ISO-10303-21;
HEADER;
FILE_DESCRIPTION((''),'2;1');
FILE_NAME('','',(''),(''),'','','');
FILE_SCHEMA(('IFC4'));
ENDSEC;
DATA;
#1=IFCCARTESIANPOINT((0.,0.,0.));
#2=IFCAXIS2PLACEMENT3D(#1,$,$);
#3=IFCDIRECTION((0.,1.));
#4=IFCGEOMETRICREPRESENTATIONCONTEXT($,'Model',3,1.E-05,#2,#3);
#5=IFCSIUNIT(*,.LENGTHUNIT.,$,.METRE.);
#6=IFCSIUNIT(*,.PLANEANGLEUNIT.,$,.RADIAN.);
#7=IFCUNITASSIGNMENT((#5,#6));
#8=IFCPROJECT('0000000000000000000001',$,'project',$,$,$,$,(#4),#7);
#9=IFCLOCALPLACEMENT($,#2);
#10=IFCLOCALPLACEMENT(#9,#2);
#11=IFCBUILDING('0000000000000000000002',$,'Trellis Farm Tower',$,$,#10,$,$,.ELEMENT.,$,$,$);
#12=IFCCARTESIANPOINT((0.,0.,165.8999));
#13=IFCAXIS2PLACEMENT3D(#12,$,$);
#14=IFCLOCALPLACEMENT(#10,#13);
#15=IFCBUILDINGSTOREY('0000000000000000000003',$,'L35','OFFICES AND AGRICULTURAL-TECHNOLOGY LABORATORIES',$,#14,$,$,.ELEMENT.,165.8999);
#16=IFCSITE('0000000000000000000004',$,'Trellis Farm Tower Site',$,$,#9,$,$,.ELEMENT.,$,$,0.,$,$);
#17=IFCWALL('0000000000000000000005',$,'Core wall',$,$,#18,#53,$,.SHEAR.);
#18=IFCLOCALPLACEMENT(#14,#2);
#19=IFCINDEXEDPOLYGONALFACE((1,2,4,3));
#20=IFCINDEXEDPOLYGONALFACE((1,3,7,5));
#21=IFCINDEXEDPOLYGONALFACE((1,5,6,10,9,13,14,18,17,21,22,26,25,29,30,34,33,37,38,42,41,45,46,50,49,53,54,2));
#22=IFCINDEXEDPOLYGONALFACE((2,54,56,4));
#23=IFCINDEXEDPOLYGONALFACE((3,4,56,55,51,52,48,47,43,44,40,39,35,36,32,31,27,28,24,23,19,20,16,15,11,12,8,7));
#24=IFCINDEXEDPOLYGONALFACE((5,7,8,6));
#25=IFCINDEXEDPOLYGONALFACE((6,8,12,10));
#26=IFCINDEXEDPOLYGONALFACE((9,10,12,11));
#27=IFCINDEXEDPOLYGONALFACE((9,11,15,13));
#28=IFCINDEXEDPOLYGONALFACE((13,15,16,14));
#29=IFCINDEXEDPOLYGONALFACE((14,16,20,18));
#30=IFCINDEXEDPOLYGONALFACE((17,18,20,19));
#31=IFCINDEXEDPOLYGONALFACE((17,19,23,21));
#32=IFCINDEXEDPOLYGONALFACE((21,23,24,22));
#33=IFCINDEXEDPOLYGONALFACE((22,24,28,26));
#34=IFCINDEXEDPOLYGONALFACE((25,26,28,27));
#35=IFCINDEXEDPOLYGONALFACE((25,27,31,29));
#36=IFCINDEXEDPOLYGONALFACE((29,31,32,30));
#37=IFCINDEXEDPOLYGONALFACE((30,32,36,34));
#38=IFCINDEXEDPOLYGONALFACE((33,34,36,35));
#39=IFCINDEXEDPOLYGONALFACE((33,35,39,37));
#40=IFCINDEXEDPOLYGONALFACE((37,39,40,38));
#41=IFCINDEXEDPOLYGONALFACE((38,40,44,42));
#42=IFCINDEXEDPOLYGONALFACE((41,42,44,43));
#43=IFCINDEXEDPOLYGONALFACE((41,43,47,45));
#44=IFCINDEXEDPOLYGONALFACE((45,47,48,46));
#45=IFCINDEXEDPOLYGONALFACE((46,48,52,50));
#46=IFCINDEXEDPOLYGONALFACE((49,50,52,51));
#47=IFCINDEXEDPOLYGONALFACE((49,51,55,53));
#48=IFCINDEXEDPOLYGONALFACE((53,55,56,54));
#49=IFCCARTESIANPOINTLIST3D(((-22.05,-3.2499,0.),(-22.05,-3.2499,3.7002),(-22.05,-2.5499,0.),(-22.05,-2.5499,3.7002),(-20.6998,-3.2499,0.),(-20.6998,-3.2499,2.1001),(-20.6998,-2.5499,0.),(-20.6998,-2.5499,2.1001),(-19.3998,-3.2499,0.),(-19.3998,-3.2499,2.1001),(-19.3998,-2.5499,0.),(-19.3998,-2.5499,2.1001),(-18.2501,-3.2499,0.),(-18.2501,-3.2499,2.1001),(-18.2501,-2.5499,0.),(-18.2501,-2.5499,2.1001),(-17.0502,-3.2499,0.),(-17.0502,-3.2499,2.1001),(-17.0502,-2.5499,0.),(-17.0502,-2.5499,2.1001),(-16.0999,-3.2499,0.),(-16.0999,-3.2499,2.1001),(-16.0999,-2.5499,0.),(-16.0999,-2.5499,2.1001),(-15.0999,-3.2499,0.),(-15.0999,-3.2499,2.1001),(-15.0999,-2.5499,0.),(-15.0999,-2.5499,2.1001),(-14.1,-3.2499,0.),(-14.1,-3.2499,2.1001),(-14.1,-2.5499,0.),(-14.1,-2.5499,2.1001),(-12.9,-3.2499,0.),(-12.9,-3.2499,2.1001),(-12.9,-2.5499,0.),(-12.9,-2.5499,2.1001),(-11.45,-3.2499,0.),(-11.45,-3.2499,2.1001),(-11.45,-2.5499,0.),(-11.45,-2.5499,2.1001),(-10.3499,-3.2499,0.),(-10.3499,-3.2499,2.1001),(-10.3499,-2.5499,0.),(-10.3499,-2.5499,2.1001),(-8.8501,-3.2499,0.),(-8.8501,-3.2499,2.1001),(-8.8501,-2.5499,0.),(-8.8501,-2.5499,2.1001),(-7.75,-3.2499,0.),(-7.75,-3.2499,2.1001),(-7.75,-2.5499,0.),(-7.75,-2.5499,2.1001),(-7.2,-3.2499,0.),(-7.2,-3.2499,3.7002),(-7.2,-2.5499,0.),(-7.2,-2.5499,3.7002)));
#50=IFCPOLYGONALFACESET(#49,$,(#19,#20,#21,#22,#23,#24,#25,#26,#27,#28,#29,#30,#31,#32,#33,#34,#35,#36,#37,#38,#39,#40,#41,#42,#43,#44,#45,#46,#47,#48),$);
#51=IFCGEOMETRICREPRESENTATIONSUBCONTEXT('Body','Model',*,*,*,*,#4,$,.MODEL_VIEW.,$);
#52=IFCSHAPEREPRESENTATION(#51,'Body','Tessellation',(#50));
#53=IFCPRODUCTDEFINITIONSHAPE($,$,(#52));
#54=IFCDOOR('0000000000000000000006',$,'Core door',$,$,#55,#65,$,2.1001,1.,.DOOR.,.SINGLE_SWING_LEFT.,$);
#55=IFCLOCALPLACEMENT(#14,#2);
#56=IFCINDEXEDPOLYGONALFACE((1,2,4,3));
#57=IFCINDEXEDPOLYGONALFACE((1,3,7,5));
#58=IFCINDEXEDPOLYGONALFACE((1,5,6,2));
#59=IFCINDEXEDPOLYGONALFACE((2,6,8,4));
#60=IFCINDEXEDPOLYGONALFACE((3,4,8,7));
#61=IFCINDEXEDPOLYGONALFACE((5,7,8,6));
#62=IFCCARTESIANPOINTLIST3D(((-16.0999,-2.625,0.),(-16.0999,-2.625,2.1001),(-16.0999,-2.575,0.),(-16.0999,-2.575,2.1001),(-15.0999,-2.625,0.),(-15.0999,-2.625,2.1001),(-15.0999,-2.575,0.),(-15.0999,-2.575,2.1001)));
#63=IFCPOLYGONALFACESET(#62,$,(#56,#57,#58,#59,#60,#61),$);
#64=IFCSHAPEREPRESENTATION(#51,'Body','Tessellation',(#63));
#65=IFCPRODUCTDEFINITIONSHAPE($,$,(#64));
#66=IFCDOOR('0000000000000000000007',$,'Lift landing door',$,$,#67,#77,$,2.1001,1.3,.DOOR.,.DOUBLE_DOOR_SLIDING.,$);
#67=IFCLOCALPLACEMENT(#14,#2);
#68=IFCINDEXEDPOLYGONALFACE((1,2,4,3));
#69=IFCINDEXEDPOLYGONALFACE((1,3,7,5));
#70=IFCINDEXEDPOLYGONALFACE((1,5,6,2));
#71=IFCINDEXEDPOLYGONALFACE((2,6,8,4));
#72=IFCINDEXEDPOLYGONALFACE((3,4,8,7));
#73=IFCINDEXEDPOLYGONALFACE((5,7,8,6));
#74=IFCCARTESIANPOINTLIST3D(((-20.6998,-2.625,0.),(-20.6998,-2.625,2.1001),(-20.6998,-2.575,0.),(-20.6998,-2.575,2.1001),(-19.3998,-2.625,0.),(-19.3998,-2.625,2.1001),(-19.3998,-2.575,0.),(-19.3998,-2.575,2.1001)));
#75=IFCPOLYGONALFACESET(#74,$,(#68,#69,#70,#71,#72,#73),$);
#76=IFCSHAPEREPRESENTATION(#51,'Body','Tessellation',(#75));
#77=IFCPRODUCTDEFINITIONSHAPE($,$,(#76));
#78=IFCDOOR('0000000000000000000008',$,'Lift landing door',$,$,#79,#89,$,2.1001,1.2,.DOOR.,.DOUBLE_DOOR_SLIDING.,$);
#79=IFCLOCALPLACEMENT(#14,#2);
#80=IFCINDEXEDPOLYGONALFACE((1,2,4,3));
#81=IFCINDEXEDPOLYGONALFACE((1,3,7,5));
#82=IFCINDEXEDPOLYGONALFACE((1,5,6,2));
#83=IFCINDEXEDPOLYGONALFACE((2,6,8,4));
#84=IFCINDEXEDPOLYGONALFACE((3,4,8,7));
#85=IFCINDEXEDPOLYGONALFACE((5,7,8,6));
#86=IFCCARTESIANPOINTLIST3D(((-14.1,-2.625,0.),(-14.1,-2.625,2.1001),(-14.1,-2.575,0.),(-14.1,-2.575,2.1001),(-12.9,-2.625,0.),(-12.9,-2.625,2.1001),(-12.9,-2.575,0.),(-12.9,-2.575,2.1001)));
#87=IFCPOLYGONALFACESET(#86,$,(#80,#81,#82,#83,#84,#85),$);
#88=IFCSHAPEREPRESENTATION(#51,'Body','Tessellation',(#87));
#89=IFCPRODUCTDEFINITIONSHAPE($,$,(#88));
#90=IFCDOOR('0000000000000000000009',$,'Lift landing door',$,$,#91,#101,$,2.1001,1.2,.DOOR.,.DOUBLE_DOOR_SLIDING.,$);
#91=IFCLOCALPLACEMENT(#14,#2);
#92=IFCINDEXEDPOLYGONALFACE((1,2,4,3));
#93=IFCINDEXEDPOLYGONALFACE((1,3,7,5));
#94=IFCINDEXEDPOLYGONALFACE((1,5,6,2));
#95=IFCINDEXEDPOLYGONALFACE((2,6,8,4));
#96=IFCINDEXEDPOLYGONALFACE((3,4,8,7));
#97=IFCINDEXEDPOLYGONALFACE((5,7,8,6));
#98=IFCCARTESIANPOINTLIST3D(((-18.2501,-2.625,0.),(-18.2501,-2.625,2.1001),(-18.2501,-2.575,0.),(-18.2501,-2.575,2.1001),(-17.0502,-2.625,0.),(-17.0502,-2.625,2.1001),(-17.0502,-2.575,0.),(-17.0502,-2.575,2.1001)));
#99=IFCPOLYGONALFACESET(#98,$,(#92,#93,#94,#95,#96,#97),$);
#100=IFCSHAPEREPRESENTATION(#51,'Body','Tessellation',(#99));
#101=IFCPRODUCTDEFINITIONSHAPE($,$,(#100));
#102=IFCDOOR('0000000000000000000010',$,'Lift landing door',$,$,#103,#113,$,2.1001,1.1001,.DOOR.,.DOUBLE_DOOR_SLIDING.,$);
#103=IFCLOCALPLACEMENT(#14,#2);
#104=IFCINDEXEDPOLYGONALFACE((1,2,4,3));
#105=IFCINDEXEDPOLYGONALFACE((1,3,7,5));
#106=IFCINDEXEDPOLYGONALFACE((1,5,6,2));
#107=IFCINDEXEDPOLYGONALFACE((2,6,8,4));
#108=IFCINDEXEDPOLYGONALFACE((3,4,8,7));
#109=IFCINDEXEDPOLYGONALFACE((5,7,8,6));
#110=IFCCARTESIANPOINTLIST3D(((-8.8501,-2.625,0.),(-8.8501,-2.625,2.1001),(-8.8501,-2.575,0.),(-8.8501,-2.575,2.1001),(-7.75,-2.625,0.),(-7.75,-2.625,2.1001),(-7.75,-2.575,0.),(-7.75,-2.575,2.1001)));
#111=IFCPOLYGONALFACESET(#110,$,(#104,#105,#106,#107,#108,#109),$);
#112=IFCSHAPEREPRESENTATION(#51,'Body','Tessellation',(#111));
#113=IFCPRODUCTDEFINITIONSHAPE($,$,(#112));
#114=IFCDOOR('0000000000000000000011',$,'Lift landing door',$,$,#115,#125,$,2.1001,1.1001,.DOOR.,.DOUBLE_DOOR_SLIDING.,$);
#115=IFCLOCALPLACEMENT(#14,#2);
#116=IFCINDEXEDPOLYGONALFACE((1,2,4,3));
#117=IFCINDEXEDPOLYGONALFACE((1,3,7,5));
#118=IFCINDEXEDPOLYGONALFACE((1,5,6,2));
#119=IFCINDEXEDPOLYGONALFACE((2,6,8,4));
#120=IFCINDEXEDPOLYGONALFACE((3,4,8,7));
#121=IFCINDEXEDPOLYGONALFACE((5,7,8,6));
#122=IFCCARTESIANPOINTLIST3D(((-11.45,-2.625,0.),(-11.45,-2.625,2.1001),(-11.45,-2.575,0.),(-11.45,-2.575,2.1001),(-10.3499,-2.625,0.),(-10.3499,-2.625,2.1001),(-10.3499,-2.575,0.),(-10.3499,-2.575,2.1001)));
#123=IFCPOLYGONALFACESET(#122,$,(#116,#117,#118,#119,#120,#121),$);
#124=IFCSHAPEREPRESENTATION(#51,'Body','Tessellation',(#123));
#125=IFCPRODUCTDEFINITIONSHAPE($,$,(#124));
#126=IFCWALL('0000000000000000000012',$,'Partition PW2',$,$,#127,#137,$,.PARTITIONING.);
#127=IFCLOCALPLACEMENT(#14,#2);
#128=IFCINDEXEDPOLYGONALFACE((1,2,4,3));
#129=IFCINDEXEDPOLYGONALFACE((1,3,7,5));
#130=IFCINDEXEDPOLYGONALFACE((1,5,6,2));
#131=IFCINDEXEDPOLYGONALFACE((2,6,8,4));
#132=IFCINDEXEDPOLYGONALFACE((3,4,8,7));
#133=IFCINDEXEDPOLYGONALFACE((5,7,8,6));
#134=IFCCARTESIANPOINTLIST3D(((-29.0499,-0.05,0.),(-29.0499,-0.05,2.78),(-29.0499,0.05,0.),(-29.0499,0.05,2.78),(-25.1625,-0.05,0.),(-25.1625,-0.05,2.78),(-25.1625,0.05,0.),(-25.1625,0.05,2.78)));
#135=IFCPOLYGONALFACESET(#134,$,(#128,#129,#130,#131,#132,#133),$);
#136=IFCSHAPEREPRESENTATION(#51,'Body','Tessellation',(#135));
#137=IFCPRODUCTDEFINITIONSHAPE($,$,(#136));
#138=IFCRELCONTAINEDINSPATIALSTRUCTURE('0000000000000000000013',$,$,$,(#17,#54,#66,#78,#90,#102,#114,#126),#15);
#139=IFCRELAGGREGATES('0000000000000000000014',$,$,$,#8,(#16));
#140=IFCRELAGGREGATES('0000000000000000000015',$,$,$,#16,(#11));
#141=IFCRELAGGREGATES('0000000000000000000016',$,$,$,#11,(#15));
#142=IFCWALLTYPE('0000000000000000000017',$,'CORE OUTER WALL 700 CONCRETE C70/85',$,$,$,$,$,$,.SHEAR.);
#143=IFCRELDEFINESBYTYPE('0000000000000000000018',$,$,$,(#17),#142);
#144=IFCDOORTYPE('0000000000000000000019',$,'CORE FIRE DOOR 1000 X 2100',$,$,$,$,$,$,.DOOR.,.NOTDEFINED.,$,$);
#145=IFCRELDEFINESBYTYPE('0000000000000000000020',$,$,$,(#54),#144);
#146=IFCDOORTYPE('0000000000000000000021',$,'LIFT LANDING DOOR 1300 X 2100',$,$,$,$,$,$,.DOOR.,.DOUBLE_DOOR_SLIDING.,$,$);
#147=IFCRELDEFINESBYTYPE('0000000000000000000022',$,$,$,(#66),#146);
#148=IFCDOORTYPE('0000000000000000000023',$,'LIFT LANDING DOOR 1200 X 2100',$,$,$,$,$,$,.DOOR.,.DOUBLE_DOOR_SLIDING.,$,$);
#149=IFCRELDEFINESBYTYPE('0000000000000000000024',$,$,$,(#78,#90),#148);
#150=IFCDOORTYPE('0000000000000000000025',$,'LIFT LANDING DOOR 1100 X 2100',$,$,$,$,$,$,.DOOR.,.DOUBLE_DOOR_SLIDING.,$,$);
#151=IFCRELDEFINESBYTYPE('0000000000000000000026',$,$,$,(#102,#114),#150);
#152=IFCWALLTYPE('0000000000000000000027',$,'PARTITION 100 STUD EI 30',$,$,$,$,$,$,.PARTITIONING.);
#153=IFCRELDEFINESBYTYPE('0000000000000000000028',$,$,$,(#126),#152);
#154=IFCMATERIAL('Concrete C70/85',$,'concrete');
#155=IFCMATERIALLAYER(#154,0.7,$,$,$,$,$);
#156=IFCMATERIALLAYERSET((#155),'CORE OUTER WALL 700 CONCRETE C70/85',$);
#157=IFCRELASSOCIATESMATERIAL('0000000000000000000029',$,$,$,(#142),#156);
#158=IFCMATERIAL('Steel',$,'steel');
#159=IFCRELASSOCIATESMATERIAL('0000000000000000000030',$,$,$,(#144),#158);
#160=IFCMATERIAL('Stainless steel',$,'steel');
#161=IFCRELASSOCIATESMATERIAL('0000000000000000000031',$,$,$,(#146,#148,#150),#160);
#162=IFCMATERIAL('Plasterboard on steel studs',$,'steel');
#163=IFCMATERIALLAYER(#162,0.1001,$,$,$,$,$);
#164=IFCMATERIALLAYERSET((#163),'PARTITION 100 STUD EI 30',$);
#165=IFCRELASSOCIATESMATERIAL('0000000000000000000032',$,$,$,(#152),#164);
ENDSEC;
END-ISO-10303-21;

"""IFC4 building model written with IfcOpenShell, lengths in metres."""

from ifc_helpers import new_model, si_unit, direction, frame, frame_2d, origin, place, context, subcontext, project, spatial, rectangle, extrude, source, transform, mapped, material, layer, layer_set, type_object, element, fill, save


model = new_model("IFC4")

# Units and contexts
model_context = context("Model", 3, precision=1e-05, world=origin(), true_north=direction((0.0, 1.0)))
body_context = subcontext(model_context, "Body", "Model", "MODEL_VIEW")
ifc_project = project(units=[si_unit("LENGTHUNIT", "METRE"), si_unit("PLANEANGLEUNIT", "RADIAN")], contexts=[model_context])

# Site, building, storey
site_placement = place(None, origin())
site = spatial("IfcSite", under=ifc_project, at=site_placement, Name="Trellis Farm Tower Site", CompositionType="ELEMENT", RefElevation=0.0)
building_placement = place(site_placement, origin())
building = spatial("IfcBuilding", under=site, at=building_placement, Name="Trellis Farm Tower", CompositionType="ELEMENT")
storey_placement = place(building_placement, frame((0.0, 0.0, 165.8999)))
storey = spatial("IfcBuildingStorey", under=building, at=storey_placement, Name="L35", Description="OFFICES AND AGRICULTURAL-TECHNOLOGY LABORATORIES", CompositionType="ELEMENT", Elevation=165.8999)

# Shared definitions
ifc_material_1 = material(Name="Concrete C70/85", Category="concrete")

# Shared definitions
ifc_material_2 = material(Name="Steel", Category="steel")

# Wall, openings, doors
ifc_layer_1 = layer(ifc_material_1, 0.7)
ifc_layer_set_1 = layer_set([ifc_layer_1], Name="CORE OUTER WALL 700 CONCRETE C70/85")
wall_type_1 = type_object("IfcWallType", Name="CORE OUTER WALL 700 CONCRETE C70/85", PredefinedType="SHEAR", material=ifc_layer_set_1)
shared_shape_1 = source(origin(), body_context, "Body", "SweptSolid", [
    extrude(rectangle(XDim=14.8501, YDim=0.7, at=frame_2d((7.425, 0.0))), origin(), (0.0, 0.0, 1.0), 3.7002),
])
wall_1_placement = place(storey_placement, frame((-7.2, -2.8999, 0.0), z_axis=(0.0, 0.0, 1.0), x_axis=(-1.0, 0.0, 0.0)))
wall_1 = element("IfcWall", 1, at=wall_1_placement, inside=storey, type_object=wall_type_1, Name="Core wall", PredefinedType="SHEAR", context=body_context, shape_type="MappedRepresentation", body=[
    mapped(shared_shape_1, transform((0.0, 0.0, 0.0))),
])
shared_shape_2 = source(origin(), body_context, "Body", "SweptSolid", [
    extrude(rectangle(XDim=1.1001, YDim=2.1001, at=frame_2d((0.55, 1.05))), frame((0.0, 0.3601, 0.0), z_axis=(0.0, -1.0, 0.0), x_axis=(1.0, 0.0, 0.0)), (0.0, 0.0, 1.0), 0.7202),
])
opening_1_placement = place(wall_1_placement, frame((0.55, 0.0, 0.0)))
opening_1 = element("IfcOpeningElement", 2, at=opening_1_placement, cuts=wall_1, PredefinedType="OPENING", context=body_context, shape_type="MappedRepresentation", body=[
    mapped(shared_shape_2, transform((0.0, 0.0, 0.0))),
])
opening_2_placement = place(wall_1_placement, frame((3.1499, 0.0, 0.0)))
opening_2 = element("IfcOpeningElement", 3, at=opening_2_placement, cuts=wall_1, PredefinedType="OPENING", context=body_context, shape_type="MappedRepresentation", body=[
    mapped(shared_shape_2, transform((0.0, 0.0, 0.0))),
])
shared_shape_3 = source(origin(), body_context, "Body", "SweptSolid", [
    extrude(rectangle(XDim=1.2, YDim=2.1001, at=frame_2d((0.6001, 1.05))), frame((0.0, 0.3601, 0.0), z_axis=(0.0, -1.0, 0.0), x_axis=(1.0, 0.0, 0.0)), (0.0, 0.0, 1.0), 0.7202),
])
opening_3_placement = place(wall_1_placement, frame((5.7, 0.0, 0.0)))
opening_3 = element("IfcOpeningElement", 4, at=opening_3_placement, cuts=wall_1, PredefinedType="OPENING", context=body_context, shape_type="MappedRepresentation", body=[
    mapped(shared_shape_3, transform((0.0, 0.0, 0.0))),
])
shared_shape_4 = source(origin(), body_context, "Body", "SweptSolid", [
    extrude(rectangle(XDim=1.3, YDim=2.1001, at=frame_2d((0.6499, 1.05))), frame((0.0, 0.3601, 0.0), z_axis=(0.0, -1.0, 0.0), x_axis=(1.0, 0.0, 0.0)), (0.0, 0.0, 1.0), 0.7202),
])
opening_4_placement = place(wall_1_placement, frame((12.2, 0.0, 0.0)))
opening_4 = element("IfcOpeningElement", 5, at=opening_4_placement, cuts=wall_1, PredefinedType="OPENING", context=body_context, shape_type="MappedRepresentation", body=[
    mapped(shared_shape_4, transform((0.0, 0.0, 0.0))),
])
opening_5_placement = place(wall_1_placement, frame((9.8501, 0.0, 0.0)))
opening_5 = element("IfcOpeningElement", 6, at=opening_5_placement, cuts=wall_1, PredefinedType="OPENING", context=body_context, shape_type="MappedRepresentation", body=[
    mapped(shared_shape_3, transform((0.0, 0.0, 0.0))),
])
shared_shape_5 = source(origin(), body_context, "Body", "SweptSolid", [
    extrude(rectangle(XDim=1.0, YDim=2.1001, at=frame_2d((0.5, 1.05))), frame((0.0, 0.3601, 0.0), z_axis=(0.0, -1.0, 0.0), x_axis=(1.0, 0.0, 0.0)), (0.0, 0.0, 1.0), 0.7202),
])
opening_6_placement = place(wall_1_placement, frame((7.8999, 0.0, 0.0)))
opening_6 = element("IfcOpeningElement", 7, at=opening_6_placement, cuts=wall_1, PredefinedType="OPENING", context=body_context, shape_type="MappedRepresentation", body=[
    mapped(shared_shape_5, transform((0.0, 0.0, 0.0))),
])
door_type_1 = type_object("IfcDoorType", Name="CORE FIRE DOOR 1000 X 2100", OperationType="NOTDEFINED", PredefinedType="DOOR", material=ifc_material_2)
shared_shape_6 = source(origin(), body_context, "Body", "SweptSolid", [
    extrude(rectangle(XDim=1.0, YDim=2.1001, at=frame_2d((0.5, 1.05))), frame((0.0, -0.2749, 0.0), z_axis=(0.0, -1.0, 0.0), x_axis=(1.0, 0.0, 0.0)), (0.0, 0.0, 1.0), 0.05),
])
door_1_placement = place(opening_6_placement, origin())
door_1 = element("IfcDoor", 8, at=door_1_placement, inside=storey, type_object=door_type_1, Name="Core door", OperationType="SINGLE_SWING_LEFT", OverallHeight=2.1001, OverallWidth=1.0, PredefinedType="DOOR", context=body_context, shape_type="MappedRepresentation", body=[
    mapped(shared_shape_6, transform((0.0, 0.0, 0.0))),
])
fill(opening_6, door_1)
ifc_material_3 = material(Name="Stainless steel", Category="steel")
door_type_2 = type_object("IfcDoorType", Name="LIFT LANDING DOOR 1300 X 2100", OperationType="DOUBLE_DOOR_SLIDING", PredefinedType="DOOR", material=ifc_material_3)
shared_shape_7 = source(origin(), body_context, "Body", "SweptSolid", [
    extrude(rectangle(XDim=1.3, YDim=2.1001, at=frame_2d((0.6499, 1.05))), frame((0.0, -0.2749, 0.0), z_axis=(0.0, -1.0, 0.0), x_axis=(1.0, 0.0, 0.0)), (0.0, 0.0, 1.0), 0.05),
])
door_2_placement = place(opening_4_placement, origin())
door_2 = element("IfcDoor", 9, at=door_2_placement, inside=storey, type_object=door_type_2, Name="Lift landing door", OperationType="DOUBLE_DOOR_SLIDING", OverallHeight=2.1001, OverallWidth=1.3, PredefinedType="DOOR", context=body_context, shape_type="MappedRepresentation", body=[
    mapped(shared_shape_7, transform((0.0, 0.0, 0.0))),
])
fill(opening_4, door_2)
door_type_3 = type_object("IfcDoorType", Name="LIFT LANDING DOOR 1200 X 2100", OperationType="DOUBLE_DOOR_SLIDING", PredefinedType="DOOR", material=ifc_material_3)
shared_shape_8 = source(origin(), body_context, "Body", "SweptSolid", [
    extrude(rectangle(XDim=1.2, YDim=2.1001, at=frame_2d((0.6001, 1.05))), frame((0.0, -0.2749, 0.0), z_axis=(0.0, -1.0, 0.0), x_axis=(1.0, 0.0, 0.0)), (0.0, 0.0, 1.0), 0.05),
])
door_3_placement = place(opening_3_placement, origin())
door_3 = element("IfcDoor", 10, at=door_3_placement, inside=storey, type_object=door_type_3, Name="Lift landing door", OperationType="DOUBLE_DOOR_SLIDING", OverallHeight=2.1001, OverallWidth=1.2, PredefinedType="DOOR", context=body_context, shape_type="MappedRepresentation", body=[
    mapped(shared_shape_8, transform((0.0, 0.0, 0.0))),
])
fill(opening_3, door_3)
door_4_placement = place(opening_5_placement, origin())
door_4 = element("IfcDoor", 11, at=door_4_placement, inside=storey, type_object=door_type_3, Name="Lift landing door", OperationType="DOUBLE_DOOR_SLIDING", OverallHeight=2.1001, OverallWidth=1.2, PredefinedType="DOOR", context=body_context, shape_type="MappedRepresentation", body=[
    mapped(shared_shape_8, transform((0.0, 0.0, 0.0))),
])
fill(opening_5, door_4)
door_type_4 = type_object("IfcDoorType", Name="LIFT LANDING DOOR 1100 X 2100", OperationType="DOUBLE_DOOR_SLIDING", PredefinedType="DOOR", material=ifc_material_3)
shared_shape_9 = source(origin(), body_context, "Body", "SweptSolid", [
    extrude(rectangle(XDim=1.1001, YDim=2.1001, at=frame_2d((0.55, 1.05))), frame((0.0, -0.2749, 0.0), z_axis=(0.0, -1.0, 0.0), x_axis=(1.0, 0.0, 0.0)), (0.0, 0.0, 1.0), 0.05),
])
door_5_placement = place(opening_1_placement, origin())
door_5 = element("IfcDoor", 12, at=door_5_placement, inside=storey, type_object=door_type_4, Name="Lift landing door", OperationType="DOUBLE_DOOR_SLIDING", OverallHeight=2.1001, OverallWidth=1.1001, PredefinedType="DOOR", context=body_context, shape_type="MappedRepresentation", body=[
    mapped(shared_shape_9, transform((0.0, 0.0, 0.0))),
])
fill(opening_1, door_5)
door_6_placement = place(opening_2_placement, origin())
door_6 = element("IfcDoor", 13, at=door_6_placement, inside=storey, type_object=door_type_4, Name="Lift landing door", OperationType="DOUBLE_DOOR_SLIDING", OverallHeight=2.1001, OverallWidth=1.1001, PredefinedType="DOOR", context=body_context, shape_type="MappedRepresentation", body=[
    mapped(shared_shape_9, transform((0.0, 0.0, 0.0))),
])
fill(opening_2, door_6)

# Wall
ifc_material_4 = material(Name="Plasterboard on steel studs", Category="steel")
ifc_layer_2 = layer(ifc_material_4, 0.1001)
ifc_layer_set_2 = layer_set([ifc_layer_2], Name="PARTITION 100 STUD EI 30")
wall_type_2 = type_object("IfcWallType", Name="PARTITION 100 STUD EI 30", PredefinedType="PARTITIONING", material=ifc_layer_set_2)
shared_shape_10 = source(origin(), body_context, "Body", "SweptSolid", [
    extrude(rectangle(XDim=3.8875, YDim=0.1001, at=frame_2d((1.9438, 0.0))), origin(), (0.0, 0.0, 1.0), 2.78),
])
wall_2_placement = place(storey_placement, frame((-29.05, 0.0, 0.0), z_axis=(0.0, 0.0, 1.0), x_axis=(1.0, 0.0, 0.0)))
element("IfcWall", 14, at=wall_2_placement, inside=storey, type_object=wall_type_2, Name="Partition PW2", PredefinedType="PARTITIONING", context=body_context, shape_type="MappedRepresentation", body=[
    mapped(shared_shape_10, transform((0.0, 0.0, 0.0))),
])

save(model, "model.ifc")
